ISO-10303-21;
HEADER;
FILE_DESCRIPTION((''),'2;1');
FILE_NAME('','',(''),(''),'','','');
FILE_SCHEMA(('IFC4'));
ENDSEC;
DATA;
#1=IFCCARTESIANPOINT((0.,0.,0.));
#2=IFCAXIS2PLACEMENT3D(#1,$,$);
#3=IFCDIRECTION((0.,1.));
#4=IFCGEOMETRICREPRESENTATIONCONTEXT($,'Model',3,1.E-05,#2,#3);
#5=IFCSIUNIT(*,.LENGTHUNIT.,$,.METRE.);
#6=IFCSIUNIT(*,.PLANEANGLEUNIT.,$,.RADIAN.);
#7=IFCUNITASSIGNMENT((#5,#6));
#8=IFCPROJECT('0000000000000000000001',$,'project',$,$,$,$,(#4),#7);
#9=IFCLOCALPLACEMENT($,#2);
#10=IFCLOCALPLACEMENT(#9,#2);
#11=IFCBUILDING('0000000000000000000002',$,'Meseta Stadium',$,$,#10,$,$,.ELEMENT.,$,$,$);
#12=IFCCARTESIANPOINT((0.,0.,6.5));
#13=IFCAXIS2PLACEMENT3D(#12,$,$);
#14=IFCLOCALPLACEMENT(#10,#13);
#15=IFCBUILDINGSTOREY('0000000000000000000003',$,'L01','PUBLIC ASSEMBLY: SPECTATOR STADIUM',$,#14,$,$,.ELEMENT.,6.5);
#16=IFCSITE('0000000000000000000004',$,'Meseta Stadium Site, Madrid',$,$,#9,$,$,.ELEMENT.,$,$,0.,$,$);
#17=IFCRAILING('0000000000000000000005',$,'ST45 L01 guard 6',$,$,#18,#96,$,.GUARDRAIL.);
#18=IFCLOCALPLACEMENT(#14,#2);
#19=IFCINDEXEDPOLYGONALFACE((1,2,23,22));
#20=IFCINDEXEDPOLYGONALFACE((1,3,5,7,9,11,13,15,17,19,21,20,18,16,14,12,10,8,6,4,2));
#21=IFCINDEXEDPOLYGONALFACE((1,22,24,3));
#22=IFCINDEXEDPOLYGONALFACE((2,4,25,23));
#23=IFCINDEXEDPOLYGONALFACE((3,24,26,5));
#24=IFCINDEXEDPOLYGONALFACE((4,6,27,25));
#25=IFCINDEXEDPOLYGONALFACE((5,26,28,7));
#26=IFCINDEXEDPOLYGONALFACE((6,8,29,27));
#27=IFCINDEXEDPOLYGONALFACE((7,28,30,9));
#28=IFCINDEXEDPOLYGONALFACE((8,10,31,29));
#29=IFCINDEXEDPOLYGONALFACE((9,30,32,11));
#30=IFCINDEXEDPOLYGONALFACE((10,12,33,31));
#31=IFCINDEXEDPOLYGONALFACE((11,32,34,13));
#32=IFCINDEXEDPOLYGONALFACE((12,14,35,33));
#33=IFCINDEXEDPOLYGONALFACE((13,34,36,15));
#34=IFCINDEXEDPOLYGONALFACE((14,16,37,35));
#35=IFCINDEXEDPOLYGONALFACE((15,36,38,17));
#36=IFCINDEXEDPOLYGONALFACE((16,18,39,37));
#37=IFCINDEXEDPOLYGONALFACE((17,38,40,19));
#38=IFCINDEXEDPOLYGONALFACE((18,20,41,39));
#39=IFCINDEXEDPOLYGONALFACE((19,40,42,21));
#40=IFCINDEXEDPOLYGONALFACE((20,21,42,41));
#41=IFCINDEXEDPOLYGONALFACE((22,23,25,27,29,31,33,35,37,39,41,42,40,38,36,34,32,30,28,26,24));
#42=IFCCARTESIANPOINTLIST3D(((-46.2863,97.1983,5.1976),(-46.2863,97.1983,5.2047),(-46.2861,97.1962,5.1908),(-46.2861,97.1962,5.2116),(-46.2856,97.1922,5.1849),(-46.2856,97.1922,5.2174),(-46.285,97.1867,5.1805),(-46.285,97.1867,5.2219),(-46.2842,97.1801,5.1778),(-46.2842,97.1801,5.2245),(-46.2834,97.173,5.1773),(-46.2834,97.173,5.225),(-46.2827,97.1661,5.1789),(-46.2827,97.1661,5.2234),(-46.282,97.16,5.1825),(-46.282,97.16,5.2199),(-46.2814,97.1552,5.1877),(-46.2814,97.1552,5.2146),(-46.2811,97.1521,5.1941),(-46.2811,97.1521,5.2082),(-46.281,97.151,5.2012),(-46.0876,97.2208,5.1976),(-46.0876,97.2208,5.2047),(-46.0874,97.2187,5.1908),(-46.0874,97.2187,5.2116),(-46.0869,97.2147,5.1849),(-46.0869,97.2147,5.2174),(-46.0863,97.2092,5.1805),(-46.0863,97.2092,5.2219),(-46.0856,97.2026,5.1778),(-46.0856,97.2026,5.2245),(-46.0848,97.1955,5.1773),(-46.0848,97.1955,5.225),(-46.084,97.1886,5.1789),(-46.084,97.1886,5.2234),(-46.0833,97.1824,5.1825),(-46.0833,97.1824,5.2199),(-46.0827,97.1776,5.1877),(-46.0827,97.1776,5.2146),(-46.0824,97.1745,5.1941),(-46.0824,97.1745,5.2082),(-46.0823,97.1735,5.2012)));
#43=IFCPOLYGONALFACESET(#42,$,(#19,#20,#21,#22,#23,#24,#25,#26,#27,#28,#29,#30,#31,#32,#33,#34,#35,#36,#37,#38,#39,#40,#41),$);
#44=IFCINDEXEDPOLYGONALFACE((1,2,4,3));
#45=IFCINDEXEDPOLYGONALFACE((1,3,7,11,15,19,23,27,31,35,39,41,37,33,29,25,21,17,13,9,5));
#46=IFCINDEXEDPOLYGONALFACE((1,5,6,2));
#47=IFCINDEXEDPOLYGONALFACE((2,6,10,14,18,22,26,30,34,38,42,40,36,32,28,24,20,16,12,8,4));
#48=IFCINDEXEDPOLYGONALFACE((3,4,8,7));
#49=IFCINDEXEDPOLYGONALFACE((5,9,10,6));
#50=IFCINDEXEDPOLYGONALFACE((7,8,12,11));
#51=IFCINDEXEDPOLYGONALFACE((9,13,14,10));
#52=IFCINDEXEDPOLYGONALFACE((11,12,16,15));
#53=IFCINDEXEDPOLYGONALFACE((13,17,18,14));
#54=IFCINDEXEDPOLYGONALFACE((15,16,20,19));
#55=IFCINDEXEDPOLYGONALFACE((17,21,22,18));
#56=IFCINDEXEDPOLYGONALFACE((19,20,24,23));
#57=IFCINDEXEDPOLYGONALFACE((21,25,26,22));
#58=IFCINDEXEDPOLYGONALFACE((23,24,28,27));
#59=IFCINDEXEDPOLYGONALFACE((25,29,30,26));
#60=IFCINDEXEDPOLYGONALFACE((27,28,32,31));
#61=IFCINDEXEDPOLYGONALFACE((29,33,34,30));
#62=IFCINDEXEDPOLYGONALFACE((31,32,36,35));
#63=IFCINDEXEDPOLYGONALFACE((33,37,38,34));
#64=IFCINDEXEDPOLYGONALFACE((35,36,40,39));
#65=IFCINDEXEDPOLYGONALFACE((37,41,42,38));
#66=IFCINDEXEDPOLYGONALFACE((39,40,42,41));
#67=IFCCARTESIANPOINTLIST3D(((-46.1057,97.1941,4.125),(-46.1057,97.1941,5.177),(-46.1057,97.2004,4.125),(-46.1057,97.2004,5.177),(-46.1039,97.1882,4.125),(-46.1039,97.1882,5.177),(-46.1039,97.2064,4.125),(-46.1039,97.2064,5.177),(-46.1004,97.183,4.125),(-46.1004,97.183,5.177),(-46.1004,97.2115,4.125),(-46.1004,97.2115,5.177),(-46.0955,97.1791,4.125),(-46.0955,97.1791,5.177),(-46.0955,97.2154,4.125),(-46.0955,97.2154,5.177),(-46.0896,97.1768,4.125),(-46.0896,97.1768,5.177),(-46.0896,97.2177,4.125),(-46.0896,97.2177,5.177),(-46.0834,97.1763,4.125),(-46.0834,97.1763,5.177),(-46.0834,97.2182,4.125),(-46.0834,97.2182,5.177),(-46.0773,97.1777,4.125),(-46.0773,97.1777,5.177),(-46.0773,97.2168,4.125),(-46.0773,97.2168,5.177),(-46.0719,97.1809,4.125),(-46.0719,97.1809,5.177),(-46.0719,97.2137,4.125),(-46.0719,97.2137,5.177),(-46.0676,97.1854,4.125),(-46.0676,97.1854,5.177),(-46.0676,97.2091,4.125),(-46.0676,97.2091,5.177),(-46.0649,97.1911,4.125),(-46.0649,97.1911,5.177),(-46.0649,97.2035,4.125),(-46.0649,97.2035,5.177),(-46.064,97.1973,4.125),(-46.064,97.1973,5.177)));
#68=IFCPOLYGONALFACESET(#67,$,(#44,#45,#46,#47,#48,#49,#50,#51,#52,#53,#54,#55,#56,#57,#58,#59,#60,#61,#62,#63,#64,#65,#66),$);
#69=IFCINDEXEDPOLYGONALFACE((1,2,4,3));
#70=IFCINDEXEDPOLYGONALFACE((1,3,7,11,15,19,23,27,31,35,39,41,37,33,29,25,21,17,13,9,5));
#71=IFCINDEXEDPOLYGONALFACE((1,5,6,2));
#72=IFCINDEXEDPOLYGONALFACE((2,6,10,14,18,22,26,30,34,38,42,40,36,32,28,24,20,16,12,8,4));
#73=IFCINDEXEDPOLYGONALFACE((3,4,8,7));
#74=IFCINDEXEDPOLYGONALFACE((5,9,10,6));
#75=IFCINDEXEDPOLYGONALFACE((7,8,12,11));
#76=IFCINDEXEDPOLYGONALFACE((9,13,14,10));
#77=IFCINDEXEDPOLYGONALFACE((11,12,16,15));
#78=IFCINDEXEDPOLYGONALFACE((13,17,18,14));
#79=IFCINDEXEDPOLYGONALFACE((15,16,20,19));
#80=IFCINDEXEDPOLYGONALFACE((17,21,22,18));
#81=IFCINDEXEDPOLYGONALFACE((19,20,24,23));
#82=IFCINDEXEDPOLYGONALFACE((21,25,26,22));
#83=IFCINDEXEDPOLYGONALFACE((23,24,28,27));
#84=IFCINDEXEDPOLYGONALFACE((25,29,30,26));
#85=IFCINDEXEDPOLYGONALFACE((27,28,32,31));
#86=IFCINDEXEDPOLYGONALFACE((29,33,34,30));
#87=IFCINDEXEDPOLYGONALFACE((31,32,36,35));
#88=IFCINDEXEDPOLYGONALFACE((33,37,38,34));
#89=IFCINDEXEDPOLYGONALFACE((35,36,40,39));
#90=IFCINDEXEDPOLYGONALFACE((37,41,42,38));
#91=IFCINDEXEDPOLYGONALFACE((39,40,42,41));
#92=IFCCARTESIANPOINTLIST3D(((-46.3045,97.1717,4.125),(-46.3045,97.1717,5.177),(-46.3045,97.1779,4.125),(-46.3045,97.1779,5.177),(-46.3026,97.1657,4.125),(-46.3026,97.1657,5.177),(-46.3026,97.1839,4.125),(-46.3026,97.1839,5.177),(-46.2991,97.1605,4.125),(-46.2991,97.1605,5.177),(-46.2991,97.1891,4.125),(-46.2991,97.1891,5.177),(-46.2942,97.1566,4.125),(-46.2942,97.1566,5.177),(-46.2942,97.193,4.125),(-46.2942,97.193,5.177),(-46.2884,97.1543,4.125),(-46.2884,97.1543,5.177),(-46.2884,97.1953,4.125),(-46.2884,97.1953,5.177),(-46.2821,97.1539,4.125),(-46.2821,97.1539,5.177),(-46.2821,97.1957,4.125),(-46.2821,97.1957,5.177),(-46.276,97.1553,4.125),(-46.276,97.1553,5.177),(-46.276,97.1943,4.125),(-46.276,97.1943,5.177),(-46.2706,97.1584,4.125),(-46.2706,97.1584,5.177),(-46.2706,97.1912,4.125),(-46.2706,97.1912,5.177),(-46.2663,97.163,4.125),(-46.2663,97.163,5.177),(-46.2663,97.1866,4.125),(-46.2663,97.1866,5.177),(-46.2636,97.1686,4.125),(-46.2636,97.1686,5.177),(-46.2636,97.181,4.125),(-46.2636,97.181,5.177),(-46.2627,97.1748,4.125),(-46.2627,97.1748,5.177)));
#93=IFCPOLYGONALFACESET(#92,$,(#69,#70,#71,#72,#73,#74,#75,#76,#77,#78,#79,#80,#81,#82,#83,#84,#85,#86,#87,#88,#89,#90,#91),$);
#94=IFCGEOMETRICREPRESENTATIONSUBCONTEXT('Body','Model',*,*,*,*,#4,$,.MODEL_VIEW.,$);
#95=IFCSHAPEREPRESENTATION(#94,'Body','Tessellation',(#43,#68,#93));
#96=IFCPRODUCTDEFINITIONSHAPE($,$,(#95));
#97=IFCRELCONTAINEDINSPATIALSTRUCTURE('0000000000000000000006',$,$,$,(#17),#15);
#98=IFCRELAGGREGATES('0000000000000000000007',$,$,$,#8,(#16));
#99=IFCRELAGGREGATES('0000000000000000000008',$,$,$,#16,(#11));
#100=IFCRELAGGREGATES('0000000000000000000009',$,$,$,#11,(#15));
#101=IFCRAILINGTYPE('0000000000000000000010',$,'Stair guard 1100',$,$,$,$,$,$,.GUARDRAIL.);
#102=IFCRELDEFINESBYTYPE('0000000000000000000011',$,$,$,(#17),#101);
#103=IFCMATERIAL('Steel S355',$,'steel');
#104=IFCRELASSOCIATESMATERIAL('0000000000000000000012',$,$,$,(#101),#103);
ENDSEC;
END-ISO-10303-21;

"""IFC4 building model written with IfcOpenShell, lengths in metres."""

from ifc_helpers import new_model, si_unit, direction, frame, origin, origin_2d, place, context, subcontext, project, spatial, circle, extrude, material, type_object, element, save


model = new_model("IFC4")

# Units and contexts
model_context = context("Model", 3, precision=1e-05, world=origin(), true_north=direction((0.0, 1.0)))
body_context = subcontext(model_context, "Body", "Model", "MODEL_VIEW")
ifc_project = project(units=[si_unit("LENGTHUNIT", "METRE"), si_unit("PLANEANGLEUNIT", "RADIAN")], contexts=[model_context])

# Site, building, storey
site_placement = place(None, origin())
site = spatial("IfcSite", under=ifc_project, at=site_placement, Name="Meseta Stadium Site, Madrid", CompositionType="ELEMENT", RefElevation=0.0)
building_placement = place(site_placement, origin())
building = spatial("IfcBuilding", under=site, at=building_placement, Name="Meseta Stadium", CompositionType="ELEMENT")
storey_placement = place(building_placement, frame((0.0, 0.0, 6.5)))
storey = spatial("IfcBuildingStorey", under=building, at=storey_placement, Name="L01", Description="PUBLIC ASSEMBLY: SPECTATOR STADIUM", CompositionType="ELEMENT", Elevation=6.5)

# Railing
ifc_material_1 = material(Name="Steel S355", Category="steel")
railing_type_1 = type_object("IfcRailingType", Name="Stair guard 1100", PredefinedType="GUARDRAIL", material=ifc_material_1)
railing_1_placement = place(storey_placement, frame((-46.085, 97.1973, 4.125)))
element("IfcRailing", 1, at=railing_1_placement, inside=storey, type_object=railing_type_1, Name="ST45 L01 guard 6", PredefinedType="GUARDRAIL", context=body_context, shape_type="SweptSolid", body=[
    extrude(circle(Radius=0.0239, at=origin_2d()), frame((0.0, 0.0, 1.0762), z_axis=(-0.993674, -0.112307, 0.0), x_axis=(0.112307, -0.993674, 0.0)), (0.0, 0.0, 1.0), 0.2),
    extrude(circle(Radius=0.021, at=origin_2d()), origin(), (0.0, 0.0, 1.0), 1.052),
    extrude(circle(Radius=0.021, at=origin_2d()), frame((-0.1987, -0.0225, 0.0)), (0.0, 0.0, 1.0), 1.052),
])

save(model, "model.ifc")
